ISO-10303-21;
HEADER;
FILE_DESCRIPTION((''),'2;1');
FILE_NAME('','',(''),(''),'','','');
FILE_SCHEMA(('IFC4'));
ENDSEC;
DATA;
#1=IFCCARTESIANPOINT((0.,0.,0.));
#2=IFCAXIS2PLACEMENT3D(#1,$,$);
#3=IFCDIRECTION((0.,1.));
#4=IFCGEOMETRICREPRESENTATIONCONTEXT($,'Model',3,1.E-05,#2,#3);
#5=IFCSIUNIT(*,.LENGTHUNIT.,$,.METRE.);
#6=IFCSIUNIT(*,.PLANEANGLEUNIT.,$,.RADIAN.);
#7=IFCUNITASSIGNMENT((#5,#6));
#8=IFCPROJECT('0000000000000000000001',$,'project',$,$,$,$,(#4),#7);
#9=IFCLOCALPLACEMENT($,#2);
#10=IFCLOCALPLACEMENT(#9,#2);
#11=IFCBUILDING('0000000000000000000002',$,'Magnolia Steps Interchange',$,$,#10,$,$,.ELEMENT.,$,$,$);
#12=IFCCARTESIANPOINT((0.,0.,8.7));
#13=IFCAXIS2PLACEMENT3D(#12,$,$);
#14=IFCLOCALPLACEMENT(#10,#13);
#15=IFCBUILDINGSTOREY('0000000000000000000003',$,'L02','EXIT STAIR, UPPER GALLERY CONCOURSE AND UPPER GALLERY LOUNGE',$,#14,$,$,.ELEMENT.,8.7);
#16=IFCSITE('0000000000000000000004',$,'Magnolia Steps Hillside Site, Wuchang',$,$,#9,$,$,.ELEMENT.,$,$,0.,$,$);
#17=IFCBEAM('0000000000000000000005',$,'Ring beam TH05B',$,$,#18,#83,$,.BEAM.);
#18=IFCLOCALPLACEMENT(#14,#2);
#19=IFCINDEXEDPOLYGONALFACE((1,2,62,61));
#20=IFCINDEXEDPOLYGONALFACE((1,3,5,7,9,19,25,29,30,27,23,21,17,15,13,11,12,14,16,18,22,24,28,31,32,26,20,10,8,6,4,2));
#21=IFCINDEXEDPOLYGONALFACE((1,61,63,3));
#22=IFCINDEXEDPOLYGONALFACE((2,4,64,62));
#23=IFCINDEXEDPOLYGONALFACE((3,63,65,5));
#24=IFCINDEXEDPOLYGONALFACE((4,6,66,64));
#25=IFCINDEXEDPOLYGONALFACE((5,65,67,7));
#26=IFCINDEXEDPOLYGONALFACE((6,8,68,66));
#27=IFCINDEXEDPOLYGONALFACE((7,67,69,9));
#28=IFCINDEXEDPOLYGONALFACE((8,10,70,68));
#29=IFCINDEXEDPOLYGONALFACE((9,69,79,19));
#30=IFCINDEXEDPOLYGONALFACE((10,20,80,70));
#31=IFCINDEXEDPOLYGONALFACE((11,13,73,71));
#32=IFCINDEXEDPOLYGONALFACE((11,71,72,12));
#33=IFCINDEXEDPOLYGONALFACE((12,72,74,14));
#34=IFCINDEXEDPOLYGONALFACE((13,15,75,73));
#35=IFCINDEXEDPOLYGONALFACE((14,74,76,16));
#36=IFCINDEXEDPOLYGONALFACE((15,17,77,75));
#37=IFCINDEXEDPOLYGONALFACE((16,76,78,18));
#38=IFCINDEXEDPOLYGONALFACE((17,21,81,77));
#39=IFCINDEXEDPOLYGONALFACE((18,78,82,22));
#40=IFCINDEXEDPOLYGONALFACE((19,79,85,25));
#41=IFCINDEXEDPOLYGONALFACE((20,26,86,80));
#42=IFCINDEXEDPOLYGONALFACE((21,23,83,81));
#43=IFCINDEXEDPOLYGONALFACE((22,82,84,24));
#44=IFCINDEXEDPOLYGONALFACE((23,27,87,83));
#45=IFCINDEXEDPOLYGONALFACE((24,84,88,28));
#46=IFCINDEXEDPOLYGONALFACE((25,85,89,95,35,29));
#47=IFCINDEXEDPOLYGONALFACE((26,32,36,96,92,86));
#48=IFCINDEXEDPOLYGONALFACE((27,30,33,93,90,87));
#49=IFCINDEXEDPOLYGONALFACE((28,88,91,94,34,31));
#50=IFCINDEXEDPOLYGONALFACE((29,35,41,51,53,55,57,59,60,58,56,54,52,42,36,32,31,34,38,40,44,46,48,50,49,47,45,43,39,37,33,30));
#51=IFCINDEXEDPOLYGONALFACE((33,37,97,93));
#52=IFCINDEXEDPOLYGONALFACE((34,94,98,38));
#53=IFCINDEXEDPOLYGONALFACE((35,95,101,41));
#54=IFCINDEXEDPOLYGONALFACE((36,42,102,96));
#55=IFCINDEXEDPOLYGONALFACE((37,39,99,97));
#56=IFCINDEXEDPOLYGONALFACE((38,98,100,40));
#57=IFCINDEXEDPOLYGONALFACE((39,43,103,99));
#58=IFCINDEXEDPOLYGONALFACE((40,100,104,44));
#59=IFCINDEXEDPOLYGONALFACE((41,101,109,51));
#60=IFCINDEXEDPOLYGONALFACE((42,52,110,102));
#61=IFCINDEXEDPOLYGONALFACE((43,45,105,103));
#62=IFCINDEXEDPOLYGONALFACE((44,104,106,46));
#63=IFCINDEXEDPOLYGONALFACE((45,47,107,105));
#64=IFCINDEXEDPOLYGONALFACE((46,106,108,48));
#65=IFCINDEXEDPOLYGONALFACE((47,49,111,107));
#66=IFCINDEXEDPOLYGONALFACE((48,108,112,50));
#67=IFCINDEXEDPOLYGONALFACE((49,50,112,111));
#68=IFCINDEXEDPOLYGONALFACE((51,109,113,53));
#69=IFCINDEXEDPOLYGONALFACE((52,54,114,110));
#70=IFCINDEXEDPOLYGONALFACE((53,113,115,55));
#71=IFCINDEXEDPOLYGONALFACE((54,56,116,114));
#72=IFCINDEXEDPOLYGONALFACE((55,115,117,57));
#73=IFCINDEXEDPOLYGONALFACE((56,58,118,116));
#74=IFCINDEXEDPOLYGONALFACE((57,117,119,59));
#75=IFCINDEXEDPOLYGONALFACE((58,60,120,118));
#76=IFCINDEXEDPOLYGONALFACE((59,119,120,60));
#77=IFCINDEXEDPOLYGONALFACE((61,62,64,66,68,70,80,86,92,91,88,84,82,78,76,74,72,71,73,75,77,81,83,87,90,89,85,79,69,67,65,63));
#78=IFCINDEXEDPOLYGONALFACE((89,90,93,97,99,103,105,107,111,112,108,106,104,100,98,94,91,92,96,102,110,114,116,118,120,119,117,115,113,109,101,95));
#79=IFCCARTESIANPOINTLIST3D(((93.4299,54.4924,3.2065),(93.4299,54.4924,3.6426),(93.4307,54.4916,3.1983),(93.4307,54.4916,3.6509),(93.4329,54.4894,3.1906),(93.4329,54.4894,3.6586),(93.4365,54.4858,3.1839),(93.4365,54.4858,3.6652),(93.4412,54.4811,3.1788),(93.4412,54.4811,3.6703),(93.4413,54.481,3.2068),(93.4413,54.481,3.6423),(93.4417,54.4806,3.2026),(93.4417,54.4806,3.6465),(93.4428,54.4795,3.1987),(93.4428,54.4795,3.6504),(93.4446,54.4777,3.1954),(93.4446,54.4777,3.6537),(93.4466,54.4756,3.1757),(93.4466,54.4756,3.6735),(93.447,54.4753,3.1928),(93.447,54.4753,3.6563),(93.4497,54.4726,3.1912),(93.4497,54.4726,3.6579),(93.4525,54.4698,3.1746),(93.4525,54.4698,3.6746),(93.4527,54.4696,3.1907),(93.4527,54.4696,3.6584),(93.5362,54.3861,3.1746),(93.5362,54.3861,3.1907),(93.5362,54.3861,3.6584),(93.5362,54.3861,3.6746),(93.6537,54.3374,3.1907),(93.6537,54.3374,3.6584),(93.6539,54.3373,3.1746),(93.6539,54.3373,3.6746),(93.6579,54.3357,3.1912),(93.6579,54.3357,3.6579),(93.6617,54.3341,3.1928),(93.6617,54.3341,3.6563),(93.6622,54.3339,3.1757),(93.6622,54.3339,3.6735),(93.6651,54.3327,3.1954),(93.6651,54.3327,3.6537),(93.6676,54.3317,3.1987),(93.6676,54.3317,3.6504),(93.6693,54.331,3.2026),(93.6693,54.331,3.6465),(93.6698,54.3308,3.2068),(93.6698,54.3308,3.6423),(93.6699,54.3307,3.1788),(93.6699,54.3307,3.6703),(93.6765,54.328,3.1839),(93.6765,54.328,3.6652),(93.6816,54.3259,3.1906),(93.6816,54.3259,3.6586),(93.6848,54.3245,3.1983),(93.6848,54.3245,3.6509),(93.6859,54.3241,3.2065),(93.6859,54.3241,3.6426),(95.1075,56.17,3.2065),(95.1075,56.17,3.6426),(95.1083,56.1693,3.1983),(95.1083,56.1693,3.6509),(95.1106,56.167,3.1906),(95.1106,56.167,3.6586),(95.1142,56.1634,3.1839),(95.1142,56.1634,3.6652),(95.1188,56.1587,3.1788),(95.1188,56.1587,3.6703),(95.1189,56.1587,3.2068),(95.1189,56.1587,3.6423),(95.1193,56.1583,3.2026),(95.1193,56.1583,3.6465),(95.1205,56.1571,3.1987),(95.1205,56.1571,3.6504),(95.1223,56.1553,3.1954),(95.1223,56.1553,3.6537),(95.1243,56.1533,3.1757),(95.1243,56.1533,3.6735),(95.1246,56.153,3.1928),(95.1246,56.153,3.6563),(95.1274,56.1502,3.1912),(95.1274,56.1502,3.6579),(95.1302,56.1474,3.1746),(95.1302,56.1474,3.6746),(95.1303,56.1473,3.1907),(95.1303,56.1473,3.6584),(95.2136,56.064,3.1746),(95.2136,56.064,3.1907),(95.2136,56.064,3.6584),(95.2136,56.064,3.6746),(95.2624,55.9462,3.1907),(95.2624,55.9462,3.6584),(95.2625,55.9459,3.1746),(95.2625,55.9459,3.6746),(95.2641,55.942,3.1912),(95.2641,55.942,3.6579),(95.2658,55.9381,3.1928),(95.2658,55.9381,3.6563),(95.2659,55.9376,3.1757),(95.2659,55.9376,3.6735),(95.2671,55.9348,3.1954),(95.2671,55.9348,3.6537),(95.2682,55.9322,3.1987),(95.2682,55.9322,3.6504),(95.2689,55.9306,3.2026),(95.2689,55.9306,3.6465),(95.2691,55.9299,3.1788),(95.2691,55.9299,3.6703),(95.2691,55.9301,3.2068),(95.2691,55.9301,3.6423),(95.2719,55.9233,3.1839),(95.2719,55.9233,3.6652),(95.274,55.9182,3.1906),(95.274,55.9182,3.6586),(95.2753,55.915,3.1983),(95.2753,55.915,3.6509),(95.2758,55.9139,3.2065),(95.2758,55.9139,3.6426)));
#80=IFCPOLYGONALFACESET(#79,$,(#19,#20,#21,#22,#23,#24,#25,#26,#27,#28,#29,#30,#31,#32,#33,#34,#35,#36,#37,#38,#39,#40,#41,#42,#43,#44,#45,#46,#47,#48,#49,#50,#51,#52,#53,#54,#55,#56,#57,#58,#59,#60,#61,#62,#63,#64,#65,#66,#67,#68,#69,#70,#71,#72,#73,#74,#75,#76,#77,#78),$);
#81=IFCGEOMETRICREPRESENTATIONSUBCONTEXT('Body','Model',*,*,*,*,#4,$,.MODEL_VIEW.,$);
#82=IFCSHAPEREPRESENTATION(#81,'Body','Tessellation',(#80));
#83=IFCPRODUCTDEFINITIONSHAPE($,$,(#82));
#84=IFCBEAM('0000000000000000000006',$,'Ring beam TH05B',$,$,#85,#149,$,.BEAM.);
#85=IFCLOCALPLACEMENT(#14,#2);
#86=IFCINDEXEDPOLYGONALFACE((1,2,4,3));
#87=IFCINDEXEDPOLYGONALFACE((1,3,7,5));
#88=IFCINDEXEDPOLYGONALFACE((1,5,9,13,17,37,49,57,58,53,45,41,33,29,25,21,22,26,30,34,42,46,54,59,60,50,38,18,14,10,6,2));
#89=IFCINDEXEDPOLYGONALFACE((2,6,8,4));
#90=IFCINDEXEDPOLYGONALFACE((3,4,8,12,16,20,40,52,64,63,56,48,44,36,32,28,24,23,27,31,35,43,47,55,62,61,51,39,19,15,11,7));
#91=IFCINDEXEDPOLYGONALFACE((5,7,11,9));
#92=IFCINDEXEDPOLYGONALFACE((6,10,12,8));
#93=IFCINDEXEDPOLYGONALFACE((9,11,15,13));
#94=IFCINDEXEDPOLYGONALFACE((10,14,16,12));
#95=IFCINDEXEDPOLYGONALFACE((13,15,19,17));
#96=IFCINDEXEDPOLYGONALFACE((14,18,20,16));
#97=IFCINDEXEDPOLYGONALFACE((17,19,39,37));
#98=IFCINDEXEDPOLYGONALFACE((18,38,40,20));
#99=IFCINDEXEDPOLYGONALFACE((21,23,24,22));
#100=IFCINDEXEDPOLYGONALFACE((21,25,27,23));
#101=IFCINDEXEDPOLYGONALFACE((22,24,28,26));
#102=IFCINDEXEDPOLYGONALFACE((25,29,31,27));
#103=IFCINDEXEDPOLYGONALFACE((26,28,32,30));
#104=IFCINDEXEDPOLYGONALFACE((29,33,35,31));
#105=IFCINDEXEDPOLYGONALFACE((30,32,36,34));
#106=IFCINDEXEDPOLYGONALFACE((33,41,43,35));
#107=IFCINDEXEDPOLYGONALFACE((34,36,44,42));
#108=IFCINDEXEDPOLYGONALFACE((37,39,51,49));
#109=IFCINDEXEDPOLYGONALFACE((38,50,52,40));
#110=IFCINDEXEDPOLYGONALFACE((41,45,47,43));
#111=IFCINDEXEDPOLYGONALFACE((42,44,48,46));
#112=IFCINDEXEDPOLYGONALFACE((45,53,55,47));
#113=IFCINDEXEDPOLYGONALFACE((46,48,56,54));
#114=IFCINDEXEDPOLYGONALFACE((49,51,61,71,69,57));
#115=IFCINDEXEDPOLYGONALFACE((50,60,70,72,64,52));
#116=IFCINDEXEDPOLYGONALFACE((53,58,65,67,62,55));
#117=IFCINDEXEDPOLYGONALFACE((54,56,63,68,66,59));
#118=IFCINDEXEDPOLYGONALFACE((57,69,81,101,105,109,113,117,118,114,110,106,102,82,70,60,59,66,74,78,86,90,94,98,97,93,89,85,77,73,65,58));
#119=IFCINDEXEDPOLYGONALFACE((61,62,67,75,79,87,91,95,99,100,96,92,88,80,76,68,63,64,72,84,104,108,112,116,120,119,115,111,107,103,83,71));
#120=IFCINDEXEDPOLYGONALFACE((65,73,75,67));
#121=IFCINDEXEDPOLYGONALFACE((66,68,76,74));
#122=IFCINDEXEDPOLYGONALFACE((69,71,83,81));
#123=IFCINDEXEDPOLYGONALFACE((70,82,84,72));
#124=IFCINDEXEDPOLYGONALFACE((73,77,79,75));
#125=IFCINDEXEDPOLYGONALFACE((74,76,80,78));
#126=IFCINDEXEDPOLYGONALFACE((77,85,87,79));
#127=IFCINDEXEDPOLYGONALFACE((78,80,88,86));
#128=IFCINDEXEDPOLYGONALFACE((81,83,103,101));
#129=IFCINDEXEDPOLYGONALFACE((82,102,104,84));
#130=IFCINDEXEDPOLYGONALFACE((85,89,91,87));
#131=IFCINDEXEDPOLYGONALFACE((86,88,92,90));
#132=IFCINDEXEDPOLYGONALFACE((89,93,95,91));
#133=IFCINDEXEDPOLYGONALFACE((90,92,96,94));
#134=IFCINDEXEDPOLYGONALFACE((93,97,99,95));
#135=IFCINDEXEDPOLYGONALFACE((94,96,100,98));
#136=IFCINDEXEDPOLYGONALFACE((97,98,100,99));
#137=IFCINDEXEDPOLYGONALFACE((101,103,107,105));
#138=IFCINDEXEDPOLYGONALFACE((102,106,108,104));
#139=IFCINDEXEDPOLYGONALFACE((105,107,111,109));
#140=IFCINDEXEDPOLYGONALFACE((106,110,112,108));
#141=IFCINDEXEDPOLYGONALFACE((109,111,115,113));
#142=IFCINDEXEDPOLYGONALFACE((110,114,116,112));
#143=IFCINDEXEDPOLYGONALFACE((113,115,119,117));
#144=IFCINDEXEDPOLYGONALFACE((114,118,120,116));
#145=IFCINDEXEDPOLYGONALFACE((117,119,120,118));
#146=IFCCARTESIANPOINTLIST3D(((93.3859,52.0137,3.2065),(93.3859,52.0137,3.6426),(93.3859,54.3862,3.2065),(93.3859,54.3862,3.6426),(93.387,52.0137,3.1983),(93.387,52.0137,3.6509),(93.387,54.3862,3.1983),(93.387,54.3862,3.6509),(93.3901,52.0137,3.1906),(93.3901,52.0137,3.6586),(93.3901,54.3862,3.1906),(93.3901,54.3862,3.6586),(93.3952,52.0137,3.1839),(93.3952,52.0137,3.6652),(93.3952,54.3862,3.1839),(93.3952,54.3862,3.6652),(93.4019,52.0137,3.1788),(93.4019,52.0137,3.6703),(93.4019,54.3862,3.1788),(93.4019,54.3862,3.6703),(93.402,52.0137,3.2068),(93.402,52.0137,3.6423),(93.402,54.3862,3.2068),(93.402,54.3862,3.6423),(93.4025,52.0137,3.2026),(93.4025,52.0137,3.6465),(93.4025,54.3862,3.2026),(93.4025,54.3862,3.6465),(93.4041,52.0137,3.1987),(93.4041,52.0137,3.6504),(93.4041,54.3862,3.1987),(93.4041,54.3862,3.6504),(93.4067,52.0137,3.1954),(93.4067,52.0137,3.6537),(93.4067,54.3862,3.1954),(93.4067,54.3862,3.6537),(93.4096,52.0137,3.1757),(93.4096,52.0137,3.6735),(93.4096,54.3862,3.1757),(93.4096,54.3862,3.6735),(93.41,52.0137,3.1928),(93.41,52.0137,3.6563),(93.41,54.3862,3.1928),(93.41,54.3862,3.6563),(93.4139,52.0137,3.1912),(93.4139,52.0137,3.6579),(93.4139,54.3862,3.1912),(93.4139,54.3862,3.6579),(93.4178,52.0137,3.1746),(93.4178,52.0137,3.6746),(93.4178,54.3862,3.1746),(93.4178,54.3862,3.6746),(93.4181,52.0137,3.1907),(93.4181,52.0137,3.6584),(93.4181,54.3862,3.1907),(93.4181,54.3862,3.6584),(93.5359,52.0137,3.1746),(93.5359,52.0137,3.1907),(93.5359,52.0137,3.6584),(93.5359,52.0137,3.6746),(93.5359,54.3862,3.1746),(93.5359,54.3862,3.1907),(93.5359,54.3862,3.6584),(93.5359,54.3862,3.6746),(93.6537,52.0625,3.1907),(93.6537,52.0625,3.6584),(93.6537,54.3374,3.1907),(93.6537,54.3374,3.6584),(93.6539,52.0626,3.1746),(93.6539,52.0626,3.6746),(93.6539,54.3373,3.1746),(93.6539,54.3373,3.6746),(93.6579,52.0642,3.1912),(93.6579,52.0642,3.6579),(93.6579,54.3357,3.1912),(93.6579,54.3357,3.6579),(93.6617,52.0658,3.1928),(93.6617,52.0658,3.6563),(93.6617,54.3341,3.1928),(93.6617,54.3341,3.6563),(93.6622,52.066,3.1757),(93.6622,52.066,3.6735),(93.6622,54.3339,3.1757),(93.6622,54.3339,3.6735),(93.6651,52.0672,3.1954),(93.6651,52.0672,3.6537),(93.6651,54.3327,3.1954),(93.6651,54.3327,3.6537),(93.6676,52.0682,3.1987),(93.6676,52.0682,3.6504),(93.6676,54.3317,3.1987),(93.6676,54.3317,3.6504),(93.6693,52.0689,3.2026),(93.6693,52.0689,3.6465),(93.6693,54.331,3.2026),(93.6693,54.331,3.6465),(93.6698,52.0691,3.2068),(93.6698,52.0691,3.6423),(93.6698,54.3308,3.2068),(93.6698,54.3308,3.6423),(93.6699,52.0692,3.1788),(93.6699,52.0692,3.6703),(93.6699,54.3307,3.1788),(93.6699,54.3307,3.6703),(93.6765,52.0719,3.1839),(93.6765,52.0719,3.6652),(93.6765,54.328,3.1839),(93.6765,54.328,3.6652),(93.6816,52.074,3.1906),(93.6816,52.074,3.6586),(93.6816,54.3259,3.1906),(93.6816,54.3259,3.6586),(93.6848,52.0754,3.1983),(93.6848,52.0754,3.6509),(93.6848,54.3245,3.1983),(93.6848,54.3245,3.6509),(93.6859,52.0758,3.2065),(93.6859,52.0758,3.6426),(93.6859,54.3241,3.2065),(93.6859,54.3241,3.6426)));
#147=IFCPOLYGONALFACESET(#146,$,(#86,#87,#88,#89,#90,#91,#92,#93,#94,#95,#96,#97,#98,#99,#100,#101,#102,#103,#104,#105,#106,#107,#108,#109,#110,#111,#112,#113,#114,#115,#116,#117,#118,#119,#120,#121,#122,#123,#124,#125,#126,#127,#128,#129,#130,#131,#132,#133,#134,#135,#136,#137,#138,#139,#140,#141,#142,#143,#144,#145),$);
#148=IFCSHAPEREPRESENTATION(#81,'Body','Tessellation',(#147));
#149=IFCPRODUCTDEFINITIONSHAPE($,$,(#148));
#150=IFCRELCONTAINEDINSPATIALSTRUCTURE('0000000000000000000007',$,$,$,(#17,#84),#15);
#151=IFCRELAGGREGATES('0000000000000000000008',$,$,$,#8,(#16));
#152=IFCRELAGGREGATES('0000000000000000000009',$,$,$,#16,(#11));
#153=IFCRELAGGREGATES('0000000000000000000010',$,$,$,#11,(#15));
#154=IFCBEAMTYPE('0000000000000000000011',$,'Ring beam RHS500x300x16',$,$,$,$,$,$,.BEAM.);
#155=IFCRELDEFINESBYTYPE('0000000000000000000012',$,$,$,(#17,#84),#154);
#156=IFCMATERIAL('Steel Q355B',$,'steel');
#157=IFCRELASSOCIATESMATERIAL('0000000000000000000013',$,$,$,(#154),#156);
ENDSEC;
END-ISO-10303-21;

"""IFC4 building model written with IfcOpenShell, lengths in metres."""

from ifc_helpers import new_model, si_unit, direction, frame, origin, origin_2d, place, context, subcontext, project, spatial, hollow_rectangle, extrude, clip, halfspace, material, material_profile, profile_set, type_object, element, save


model = new_model("IFC4")

# Units and contexts
model_context = context("Model", 3, precision=1e-05, world=origin(), true_north=direction((0.0, 1.0)))
body_context = subcontext(model_context, "Body", "Model", "MODEL_VIEW")
ifc_project = project(units=[si_unit("LENGTHUNIT", "METRE"), si_unit("PLANEANGLEUNIT", "RADIAN")], contexts=[model_context])

# Site, building, storey
site_placement = place(None, origin())
site = spatial("IfcSite", under=ifc_project, at=site_placement, Name="Magnolia Steps Hillside Site, Wuchang", CompositionType="ELEMENT", RefElevation=0.0)
building_placement = place(site_placement, origin())
building = spatial("IfcBuilding", under=site, at=building_placement, Name="Magnolia Steps Interchange", CompositionType="ELEMENT")
storey_placement = place(building_placement, frame((0.0, 0.0, 8.7)))
storey = spatial("IfcBuildingStorey", under=building, at=storey_placement, Name="L02", Description="EXIT STAIR, UPPER GALLERY CONCOURSE AND UPPER GALLERY LOUNGE", CompositionType="ELEMENT", Elevation=8.7)

# Beams
ifc_material_1 = material(Name="Steel Q355B", Category="steel")
ifc_material_profile_1 = material_profile(ifc_material_1, hollow_rectangle(XDim=0.3, YDim=0.5, WallThickness=0.0161, InnerFilletRadius=0.0161, OuterFilletRadius=0.032, at=origin_2d()), Name="RHS500x300x16")
ifc_profile_set_1 = profile_set([ifc_material_profile_1], Name="Steel Q355B")
beam_type = type_object("IfcBeamType", Name="Ring beam RHS500x300x16", PredefinedType="BEAM", material=ifc_profile_set_1)
beam_1_placement = place(storey_placement, frame((95.2136, 56.064, 3.4246), z_axis=(-0.707107, -0.707107, 0.0), x_axis=(0.707107, -0.707107, 0.0)))
element("IfcBeam", 1, at=beam_1_placement, inside=storey, type_object=beam_type, Name="Ring beam TH05B", PredefinedType="BEAM", context=body_context, shape_type="Clipping", body=[
    clip(clip(extrude(hollow_rectangle(XDim=0.3, YDim=0.5, WallThickness=0.0161, InnerFilletRadius=0.0161, OuterFilletRadius=0.032, at=origin_2d()), origin(), (0.0, 0.0, 1.0), 2.3726), halfspace(frame((0.0, 0.0, 0.0), z_axis=(0.382683, 0.0, -0.92388), x_axis=(0.92388, 0.0, 0.382683)), False)), halfspace(frame((0.0, 0.0, 2.3727), z_axis=(0.382683, 0.0, 0.92388), x_axis=(0.92388, 0.0, -0.382683)), False)),
])
for number, where, z_axis, x_axis, name in (
    (2, (93.5359, 54.3862, 3.4246), (0.0, -1.0, 0.0), (1.0, 0.0, 0.0), "Ring beam TH05B"),
):
    element("IfcBeam", number, at=place(storey_placement, frame(where, z_axis=z_axis, x_axis=x_axis)), inside=storey, type_object=beam_type, Name=name, PredefinedType="BEAM", context=body_context, shape_type="Clipping", body=[
        clip(clip(extrude(hollow_rectangle(XDim=0.3, YDim=0.5, WallThickness=0.0161, InnerFilletRadius=0.0161, OuterFilletRadius=0.032, at=origin_2d()), origin(), (0.0, 0.0, 1.0), 2.3726), halfspace(frame((0.0, 0.0, 0.0), z_axis=(0.382683, 0.0, -0.92388), x_axis=(0.92388, 0.0, 0.382683)), False)), halfspace(frame((0.0, 0.0, 2.3726), z_axis=(0.382683, 0.0, 0.92388), x_axis=(0.92388, 0.0, -0.382683)), False)),
    ])

save(model, "model.ifc")
